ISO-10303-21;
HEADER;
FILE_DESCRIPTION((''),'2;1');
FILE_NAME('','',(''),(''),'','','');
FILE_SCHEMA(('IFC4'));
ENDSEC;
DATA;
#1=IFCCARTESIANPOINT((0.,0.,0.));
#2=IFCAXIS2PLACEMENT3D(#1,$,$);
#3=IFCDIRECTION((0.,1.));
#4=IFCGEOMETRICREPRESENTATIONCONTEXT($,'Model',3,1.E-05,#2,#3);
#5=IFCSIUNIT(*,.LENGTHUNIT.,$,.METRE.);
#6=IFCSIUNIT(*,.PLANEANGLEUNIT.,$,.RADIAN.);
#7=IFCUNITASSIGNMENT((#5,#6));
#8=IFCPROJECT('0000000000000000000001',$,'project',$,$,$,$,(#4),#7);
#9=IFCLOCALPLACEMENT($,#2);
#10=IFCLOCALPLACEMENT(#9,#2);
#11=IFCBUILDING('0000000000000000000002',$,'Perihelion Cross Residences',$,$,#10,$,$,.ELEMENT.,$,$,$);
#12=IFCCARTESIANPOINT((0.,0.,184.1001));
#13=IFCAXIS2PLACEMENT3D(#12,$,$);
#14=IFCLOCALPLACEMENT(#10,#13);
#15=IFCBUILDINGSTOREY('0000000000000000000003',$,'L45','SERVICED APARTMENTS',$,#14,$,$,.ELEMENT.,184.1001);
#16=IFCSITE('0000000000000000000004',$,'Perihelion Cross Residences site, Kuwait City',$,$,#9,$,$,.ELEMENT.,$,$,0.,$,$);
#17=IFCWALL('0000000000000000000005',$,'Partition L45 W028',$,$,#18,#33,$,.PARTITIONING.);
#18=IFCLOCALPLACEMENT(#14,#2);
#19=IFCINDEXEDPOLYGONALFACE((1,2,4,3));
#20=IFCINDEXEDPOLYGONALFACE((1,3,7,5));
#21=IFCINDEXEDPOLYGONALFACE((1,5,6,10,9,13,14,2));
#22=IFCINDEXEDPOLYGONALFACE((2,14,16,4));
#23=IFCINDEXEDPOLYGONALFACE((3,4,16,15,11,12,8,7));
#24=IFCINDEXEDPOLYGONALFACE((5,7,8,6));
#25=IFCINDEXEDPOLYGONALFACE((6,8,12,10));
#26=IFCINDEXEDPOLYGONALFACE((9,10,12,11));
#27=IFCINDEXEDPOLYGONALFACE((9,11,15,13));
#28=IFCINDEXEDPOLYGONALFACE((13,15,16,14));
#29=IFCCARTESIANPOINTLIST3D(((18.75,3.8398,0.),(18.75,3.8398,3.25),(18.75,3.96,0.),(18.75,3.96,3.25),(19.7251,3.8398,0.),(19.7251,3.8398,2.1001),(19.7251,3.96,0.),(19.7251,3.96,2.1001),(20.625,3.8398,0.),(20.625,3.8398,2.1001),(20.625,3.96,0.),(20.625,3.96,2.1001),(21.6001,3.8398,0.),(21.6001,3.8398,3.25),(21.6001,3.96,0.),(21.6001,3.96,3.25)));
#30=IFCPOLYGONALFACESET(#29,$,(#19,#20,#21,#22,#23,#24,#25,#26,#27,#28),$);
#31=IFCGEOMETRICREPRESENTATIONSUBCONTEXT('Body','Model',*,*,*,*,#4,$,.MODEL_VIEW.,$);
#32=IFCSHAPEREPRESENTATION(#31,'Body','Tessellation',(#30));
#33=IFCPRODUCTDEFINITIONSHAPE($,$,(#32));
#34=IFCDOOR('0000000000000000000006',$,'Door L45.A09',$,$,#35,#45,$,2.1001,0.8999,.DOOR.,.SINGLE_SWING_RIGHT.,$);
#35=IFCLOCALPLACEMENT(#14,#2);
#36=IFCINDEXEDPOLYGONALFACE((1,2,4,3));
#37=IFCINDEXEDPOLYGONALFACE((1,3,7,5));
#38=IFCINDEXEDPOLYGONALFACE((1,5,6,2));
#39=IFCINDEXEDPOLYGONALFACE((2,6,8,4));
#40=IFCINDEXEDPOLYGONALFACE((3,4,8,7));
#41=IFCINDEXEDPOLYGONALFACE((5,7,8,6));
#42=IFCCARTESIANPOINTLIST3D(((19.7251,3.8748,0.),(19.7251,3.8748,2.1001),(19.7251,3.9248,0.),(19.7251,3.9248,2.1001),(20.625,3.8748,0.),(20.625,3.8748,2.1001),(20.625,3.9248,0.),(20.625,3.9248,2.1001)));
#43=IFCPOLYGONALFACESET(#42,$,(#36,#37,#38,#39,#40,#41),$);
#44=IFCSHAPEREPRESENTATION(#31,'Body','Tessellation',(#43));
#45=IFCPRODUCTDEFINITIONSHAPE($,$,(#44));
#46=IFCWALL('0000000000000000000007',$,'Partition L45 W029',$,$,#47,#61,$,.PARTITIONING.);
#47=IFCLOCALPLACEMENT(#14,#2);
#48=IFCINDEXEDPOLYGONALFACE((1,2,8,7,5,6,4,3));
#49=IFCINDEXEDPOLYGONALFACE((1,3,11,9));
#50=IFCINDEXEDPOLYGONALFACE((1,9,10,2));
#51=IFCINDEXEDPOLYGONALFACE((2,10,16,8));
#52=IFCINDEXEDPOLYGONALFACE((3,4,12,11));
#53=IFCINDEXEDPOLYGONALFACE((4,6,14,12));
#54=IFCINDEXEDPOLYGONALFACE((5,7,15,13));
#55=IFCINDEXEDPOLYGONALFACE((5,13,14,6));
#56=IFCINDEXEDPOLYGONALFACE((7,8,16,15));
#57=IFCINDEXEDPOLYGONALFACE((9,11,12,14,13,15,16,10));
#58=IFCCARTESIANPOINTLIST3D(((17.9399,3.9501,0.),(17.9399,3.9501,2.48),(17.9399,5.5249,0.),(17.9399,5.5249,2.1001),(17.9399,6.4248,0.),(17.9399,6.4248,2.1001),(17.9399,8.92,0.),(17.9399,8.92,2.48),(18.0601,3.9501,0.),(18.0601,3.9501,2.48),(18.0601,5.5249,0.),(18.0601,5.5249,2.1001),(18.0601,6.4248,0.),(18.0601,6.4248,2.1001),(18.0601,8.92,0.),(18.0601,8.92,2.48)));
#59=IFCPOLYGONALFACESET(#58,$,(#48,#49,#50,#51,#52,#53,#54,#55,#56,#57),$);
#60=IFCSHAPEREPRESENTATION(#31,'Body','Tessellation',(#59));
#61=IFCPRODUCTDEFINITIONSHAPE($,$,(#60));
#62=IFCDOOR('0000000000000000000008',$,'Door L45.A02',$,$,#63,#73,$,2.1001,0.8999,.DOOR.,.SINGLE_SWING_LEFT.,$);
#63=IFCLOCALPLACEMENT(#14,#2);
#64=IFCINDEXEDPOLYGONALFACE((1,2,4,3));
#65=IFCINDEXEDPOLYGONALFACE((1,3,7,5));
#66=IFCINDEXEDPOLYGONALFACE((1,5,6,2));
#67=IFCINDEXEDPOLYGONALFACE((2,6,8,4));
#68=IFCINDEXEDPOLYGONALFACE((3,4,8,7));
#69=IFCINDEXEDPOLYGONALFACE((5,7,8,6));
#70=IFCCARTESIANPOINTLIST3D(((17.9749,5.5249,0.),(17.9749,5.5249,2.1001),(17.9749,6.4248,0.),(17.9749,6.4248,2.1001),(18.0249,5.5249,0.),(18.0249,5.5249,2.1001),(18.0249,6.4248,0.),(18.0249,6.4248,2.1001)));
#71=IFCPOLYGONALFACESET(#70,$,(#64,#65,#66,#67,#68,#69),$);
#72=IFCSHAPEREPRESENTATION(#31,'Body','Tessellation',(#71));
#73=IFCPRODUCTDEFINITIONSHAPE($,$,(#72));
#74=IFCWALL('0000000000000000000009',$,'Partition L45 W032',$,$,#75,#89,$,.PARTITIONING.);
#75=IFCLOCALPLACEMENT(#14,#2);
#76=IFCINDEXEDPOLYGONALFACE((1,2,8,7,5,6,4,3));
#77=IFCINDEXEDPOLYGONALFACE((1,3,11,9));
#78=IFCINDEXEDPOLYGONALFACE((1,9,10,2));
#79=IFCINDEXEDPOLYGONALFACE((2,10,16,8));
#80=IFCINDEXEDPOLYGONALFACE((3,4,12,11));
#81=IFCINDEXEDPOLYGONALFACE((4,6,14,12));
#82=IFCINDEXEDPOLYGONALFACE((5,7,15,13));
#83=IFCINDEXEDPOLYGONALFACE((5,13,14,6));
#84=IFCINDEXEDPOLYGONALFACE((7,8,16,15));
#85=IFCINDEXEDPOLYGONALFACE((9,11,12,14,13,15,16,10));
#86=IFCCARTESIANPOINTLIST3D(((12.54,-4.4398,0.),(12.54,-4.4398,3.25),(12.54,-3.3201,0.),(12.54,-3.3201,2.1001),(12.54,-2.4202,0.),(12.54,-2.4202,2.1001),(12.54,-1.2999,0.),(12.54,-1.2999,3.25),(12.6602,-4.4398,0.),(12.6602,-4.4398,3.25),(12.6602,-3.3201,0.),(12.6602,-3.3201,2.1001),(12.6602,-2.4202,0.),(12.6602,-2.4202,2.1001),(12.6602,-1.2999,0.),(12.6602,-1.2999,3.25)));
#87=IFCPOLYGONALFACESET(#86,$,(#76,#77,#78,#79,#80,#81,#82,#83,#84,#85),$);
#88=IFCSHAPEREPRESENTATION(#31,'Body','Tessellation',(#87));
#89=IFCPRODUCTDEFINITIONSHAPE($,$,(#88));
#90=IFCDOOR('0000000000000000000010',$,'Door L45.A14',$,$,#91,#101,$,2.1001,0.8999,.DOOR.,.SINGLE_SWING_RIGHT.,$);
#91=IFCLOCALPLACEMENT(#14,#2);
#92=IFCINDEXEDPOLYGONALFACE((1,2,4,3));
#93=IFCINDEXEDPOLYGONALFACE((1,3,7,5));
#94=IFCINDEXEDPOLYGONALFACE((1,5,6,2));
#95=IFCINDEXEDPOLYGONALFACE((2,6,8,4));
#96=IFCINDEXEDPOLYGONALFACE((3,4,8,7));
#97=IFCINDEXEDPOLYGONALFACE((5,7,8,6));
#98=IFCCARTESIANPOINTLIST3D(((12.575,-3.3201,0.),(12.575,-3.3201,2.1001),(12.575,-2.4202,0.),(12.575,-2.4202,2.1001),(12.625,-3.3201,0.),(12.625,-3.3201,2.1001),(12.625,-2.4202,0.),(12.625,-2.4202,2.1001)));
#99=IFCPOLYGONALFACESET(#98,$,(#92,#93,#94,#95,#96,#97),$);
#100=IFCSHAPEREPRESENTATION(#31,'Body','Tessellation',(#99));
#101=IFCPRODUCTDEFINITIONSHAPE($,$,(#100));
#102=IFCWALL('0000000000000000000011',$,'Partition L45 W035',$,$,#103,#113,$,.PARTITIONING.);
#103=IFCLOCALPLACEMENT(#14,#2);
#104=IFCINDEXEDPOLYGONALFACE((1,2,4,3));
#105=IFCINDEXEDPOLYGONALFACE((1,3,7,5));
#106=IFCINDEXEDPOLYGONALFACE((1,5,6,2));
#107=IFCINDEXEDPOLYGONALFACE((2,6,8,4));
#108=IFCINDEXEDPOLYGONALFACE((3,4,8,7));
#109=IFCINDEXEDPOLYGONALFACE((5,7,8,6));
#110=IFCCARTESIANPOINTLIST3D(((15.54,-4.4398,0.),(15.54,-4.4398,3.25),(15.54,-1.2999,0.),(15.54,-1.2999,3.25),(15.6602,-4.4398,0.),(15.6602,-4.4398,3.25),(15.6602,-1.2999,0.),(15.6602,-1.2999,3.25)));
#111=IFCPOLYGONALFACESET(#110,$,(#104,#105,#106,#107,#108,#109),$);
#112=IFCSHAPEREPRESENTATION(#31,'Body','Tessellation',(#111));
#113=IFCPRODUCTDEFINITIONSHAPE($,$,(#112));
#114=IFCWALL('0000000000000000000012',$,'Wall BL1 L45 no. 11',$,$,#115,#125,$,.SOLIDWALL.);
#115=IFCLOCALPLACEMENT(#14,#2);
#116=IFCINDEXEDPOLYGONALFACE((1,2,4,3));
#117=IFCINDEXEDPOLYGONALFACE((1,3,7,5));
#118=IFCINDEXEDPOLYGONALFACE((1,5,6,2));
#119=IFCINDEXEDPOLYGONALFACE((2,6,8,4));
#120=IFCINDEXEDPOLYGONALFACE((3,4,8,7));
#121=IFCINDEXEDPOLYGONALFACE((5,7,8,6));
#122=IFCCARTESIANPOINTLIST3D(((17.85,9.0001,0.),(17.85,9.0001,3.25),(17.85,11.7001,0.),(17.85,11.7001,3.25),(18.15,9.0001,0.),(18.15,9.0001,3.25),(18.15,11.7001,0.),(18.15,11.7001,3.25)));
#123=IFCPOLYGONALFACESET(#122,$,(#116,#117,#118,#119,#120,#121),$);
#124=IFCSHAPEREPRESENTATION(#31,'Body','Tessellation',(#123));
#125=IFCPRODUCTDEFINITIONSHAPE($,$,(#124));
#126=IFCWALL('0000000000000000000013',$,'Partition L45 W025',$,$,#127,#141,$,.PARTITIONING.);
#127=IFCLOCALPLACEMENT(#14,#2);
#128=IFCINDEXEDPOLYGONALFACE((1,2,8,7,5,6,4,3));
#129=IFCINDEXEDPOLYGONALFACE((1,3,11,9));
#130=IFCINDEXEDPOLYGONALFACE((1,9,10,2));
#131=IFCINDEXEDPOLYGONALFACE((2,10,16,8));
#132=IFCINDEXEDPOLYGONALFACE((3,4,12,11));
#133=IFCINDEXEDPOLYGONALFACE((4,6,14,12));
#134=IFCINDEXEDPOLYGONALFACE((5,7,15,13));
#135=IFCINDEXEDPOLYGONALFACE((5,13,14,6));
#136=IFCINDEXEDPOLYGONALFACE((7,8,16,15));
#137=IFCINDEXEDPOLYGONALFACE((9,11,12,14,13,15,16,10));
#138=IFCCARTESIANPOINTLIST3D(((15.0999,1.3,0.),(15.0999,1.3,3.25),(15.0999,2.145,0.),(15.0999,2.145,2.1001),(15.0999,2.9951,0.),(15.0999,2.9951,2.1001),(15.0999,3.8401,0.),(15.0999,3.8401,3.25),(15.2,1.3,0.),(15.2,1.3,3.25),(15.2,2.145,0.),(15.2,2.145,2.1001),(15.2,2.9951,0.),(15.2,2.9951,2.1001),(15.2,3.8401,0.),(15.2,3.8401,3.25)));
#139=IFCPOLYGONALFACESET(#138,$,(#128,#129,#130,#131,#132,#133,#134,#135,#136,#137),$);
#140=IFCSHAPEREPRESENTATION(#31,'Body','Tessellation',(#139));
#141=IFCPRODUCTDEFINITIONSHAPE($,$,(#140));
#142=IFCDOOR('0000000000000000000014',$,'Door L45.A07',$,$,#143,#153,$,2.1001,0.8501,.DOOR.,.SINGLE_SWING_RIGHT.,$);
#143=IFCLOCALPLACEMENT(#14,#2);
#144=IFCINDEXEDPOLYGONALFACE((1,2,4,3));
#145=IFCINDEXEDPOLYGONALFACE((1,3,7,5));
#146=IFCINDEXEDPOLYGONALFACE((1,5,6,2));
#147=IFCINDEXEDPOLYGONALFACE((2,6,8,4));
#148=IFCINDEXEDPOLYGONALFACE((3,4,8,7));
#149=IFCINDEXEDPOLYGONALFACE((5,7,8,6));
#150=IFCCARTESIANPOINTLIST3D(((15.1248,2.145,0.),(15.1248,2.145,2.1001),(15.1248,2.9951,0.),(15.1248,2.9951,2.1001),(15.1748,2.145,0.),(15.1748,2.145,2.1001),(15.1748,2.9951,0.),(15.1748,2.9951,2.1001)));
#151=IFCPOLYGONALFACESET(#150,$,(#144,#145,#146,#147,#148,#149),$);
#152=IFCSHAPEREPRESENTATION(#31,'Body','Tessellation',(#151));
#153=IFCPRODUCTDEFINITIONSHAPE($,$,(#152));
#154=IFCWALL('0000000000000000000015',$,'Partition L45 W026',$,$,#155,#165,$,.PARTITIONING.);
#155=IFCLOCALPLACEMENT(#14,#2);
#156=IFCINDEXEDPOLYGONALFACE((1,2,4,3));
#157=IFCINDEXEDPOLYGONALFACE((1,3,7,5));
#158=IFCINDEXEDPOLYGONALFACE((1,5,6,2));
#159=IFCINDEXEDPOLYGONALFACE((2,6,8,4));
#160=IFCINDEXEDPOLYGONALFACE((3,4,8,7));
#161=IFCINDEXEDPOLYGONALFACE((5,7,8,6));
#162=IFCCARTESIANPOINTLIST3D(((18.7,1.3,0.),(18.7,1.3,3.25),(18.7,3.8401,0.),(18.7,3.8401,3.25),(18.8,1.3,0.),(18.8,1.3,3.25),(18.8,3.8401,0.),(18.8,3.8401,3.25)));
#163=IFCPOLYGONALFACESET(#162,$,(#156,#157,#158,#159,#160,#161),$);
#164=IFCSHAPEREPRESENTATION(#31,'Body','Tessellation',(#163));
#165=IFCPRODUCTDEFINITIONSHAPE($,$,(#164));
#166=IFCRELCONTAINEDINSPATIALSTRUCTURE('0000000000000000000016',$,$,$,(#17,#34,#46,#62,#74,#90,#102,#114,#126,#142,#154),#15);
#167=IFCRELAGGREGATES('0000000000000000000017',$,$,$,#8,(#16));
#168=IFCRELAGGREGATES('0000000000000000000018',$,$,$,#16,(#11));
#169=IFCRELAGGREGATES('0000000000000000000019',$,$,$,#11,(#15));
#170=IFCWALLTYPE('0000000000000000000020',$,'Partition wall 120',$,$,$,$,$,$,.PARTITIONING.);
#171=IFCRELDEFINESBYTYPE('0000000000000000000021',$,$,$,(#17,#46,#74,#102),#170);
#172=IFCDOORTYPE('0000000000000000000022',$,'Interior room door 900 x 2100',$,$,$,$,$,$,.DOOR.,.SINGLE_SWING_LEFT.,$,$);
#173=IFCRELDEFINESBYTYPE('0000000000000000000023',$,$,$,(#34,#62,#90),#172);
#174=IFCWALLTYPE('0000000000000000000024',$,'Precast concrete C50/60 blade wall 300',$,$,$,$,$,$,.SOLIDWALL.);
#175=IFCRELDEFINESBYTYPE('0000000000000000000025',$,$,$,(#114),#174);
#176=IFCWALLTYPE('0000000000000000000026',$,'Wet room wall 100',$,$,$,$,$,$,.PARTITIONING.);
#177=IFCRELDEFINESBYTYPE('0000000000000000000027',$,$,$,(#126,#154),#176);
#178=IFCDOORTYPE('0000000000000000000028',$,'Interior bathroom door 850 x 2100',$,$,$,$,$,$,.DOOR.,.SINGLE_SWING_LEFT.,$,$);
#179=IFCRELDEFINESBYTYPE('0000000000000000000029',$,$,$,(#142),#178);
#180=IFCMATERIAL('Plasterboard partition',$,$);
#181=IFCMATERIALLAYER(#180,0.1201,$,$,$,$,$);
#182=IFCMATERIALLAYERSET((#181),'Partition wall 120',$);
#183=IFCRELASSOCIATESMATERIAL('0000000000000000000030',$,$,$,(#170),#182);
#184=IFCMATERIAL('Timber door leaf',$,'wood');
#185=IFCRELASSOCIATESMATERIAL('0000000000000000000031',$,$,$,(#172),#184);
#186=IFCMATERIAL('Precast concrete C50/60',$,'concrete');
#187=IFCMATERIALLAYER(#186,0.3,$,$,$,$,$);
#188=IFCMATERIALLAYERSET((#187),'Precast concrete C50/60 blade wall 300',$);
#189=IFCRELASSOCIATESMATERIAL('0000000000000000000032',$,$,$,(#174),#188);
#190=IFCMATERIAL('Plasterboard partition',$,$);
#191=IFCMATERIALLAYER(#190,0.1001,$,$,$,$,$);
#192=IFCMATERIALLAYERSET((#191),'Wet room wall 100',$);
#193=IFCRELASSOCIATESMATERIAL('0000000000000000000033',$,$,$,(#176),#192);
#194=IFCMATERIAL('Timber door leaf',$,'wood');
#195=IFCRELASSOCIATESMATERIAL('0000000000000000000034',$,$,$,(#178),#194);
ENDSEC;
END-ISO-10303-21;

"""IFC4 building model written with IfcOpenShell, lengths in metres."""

from ifc_helpers import new_model, si_unit, direction, frame, frame_2d, origin, place, context, subcontext, project, spatial, rectangle, extrude, material, layer, layer_set, type_object, element, fill, save


model = new_model("IFC4")

# Units and contexts
model_context = context("Model", 3, precision=1e-05, world=origin(), true_north=direction((0.0, 1.0)))
body_context = subcontext(model_context, "Body", "Model", "MODEL_VIEW")
ifc_project = project(units=[si_unit("LENGTHUNIT", "METRE"), si_unit("PLANEANGLEUNIT", "RADIAN")], contexts=[model_context])

# Site, building, storey
site_placement = place(None, origin())
site = spatial("IfcSite", under=ifc_project, at=site_placement, Name="Perihelion Cross Residences site, Kuwait City", CompositionType="ELEMENT", RefElevation=0.0)
building_placement = place(site_placement, origin())
building = spatial("IfcBuilding", under=site, at=building_placement, Name="Perihelion Cross Residences", CompositionType="ELEMENT")
storey_placement = place(building_placement, frame((0.0, 0.0, 184.1001)))
storey = spatial("IfcBuildingStorey", under=building, at=storey_placement, Name="L45", Description="SERVICED APARTMENTS", CompositionType="ELEMENT", Elevation=184.1001)

# Walls, openings, doors
ifc_material_1 = material(Name="Plasterboard partition")
ifc_layer_1 = layer(ifc_material_1, 0.1201)
ifc_layer_set_1 = layer_set([ifc_layer_1], Name="Partition wall 120")
wall_type_1 = type_object("IfcWallType", Name="Partition wall 120", PredefinedType="PARTITIONING", material=ifc_layer_set_1)
ifc_material_2 = material(Name="Timber door leaf", Category="wood")
door_type_1 = type_object("IfcDoorType", Name="Interior room door 900 x 2100", OperationType="SINGLE_SWING_LEFT", PredefinedType="DOOR", material=ifc_material_2)
wall_1_placement = place(storey_placement, frame((18.75, 3.8999, 0.0), z_axis=(0.0, 0.0, 1.0), x_axis=(1.0, 0.0, 0.0)))
wall_1 = element("IfcWall", 1, at=wall_1_placement, inside=storey, type_object=wall_type_1, Name="Partition L45 W028", PredefinedType="PARTITIONING", context=body_context, shape_type="SweptSolid", body=[
    extrude(rectangle(XDim=2.8501, YDim=0.1201, at=frame_2d((1.425, 0.0))), origin(), (0.0, 0.0, 1.0), 3.25),
])
opening_1_placement = place(wall_1_placement, frame((0.9751, 0.0, 0.0)))
opening_1 = element("IfcOpeningElement", 2, at=opening_1_placement, cuts=wall_1, PredefinedType="OPENING", context=body_context, shape_type="SweptSolid", body=[
    extrude(rectangle(XDim=0.8999, YDim=2.1001, at=frame_2d((0.45, 1.05))), frame((0.0, 0.0701, 0.0), z_axis=(0.0, -1.0, 0.0), x_axis=(1.0, 0.0, 0.0)), (0.0, 0.0, 1.0), 0.1401),
])
door_1_placement = place(opening_1_placement, origin())
door_1 = element("IfcDoor", 3, at=door_1_placement, inside=storey, type_object=door_type_1, Name="Door L45.A09", OperationType="SINGLE_SWING_RIGHT", OverallHeight=2.1001, OverallWidth=0.8999, PredefinedType="DOOR", context=body_context, shape_type="SweptSolid", body=[
    extrude(rectangle(XDim=0.8999, YDim=2.1001, at=frame_2d((0.45, 1.05))), frame((0.0, 0.0249, 0.0), z_axis=(0.0, -1.0, 0.0), x_axis=(1.0, 0.0, 0.0)), (0.0, 0.0, 1.0), 0.05),
])
fill(opening_1, door_1)
wall_2_placement = place(storey_placement, frame((18.0, 8.9199, 0.0), z_axis=(0.0, 0.0, 1.0), x_axis=(0.0, -1.0, 0.0)))
wall_2 = element("IfcWall", 4, at=wall_2_placement, inside=storey, type_object=wall_type_1, Name="Partition L45 W029", PredefinedType="PARTITIONING", context=body_context, shape_type="SweptSolid", body=[
    extrude(rectangle(XDim=4.97, YDim=0.1201, at=frame_2d((2.4849, 0.0))), origin(), (0.0, 0.0, 1.0), 2.48),
])
opening_2_placement = place(wall_2_placement, frame((2.4951, 0.0, 0.0)))
opening_2 = element("IfcOpeningElement", 5, at=opening_2_placement, cuts=wall_2, PredefinedType="OPENING", context=body_context, shape_type="SweptSolid", body=[
    extrude(rectangle(XDim=0.8999, YDim=2.1001, at=frame_2d((0.45, 1.05))), frame((0.0, 0.0701, 0.0), z_axis=(0.0, -1.0, 0.0), x_axis=(1.0, 0.0, 0.0)), (0.0, 0.0, 1.0), 0.1401),
])
door_2_placement = place(opening_2_placement, origin())
door_2 = element("IfcDoor", 6, at=door_2_placement, inside=storey, type_object=door_type_1, Name="Door L45.A02", OperationType="SINGLE_SWING_LEFT", OverallHeight=2.1001, OverallWidth=0.8999, PredefinedType="DOOR", context=body_context, shape_type="SweptSolid", body=[
    extrude(rectangle(XDim=0.8999, YDim=2.1001, at=frame_2d((0.45, 1.05))), frame((0.0, 0.0249, 0.0), z_axis=(0.0, -1.0, 0.0), x_axis=(1.0, 0.0, 0.0)), (0.0, 0.0, 1.0), 0.05),
])
fill(opening_2, door_2)
wall_3_placement = place(storey_placement, frame((12.6001, -1.3, 0.0), z_axis=(0.0, 0.0, 1.0), x_axis=(0.0, -1.0, 0.0)))
wall_3 = element("IfcWall", 7, at=wall_3_placement, inside=storey, type_object=wall_type_1, Name="Partition L45 W032", PredefinedType="PARTITIONING", context=body_context, shape_type="SweptSolid", body=[
    extrude(rectangle(XDim=3.1399, YDim=0.1201, at=frame_2d((1.5698, 0.0))), origin(), (0.0, 0.0, 1.0), 3.25),
])
opening_3_placement = place(wall_3_placement, frame((1.1201, 0.0, 0.0)))
opening_3 = element("IfcOpeningElement", 8, at=opening_3_placement, cuts=wall_3, PredefinedType="OPENING", context=body_context, shape_type="SweptSolid", body=[
    extrude(rectangle(XDim=0.8999, YDim=2.1001, at=frame_2d((0.45, 1.05))), frame((0.0, 0.0701, 0.0), z_axis=(0.0, -1.0, 0.0), x_axis=(1.0, 0.0, 0.0)), (0.0, 0.0, 1.0), 0.1401),
])
door_3_placement = place(opening_3_placement, origin())
door_3 = element("IfcDoor", 9, at=door_3_placement, inside=storey, type_object=door_type_1, Name="Door L45.A14", OperationType="SINGLE_SWING_RIGHT", OverallHeight=2.1001, OverallWidth=0.8999, PredefinedType="DOOR", context=body_context, shape_type="SweptSolid", body=[
    extrude(rectangle(XDim=0.8999, YDim=2.1001, at=frame_2d((0.45, 1.05))), frame((0.0, 0.0249, 0.0), z_axis=(0.0, -1.0, 0.0), x_axis=(1.0, 0.0, 0.0)), (0.0, 0.0, 1.0), 0.05),
])
fill(opening_3, door_3)

# Walls
wall_4_placement = place(storey_placement, frame((15.6001, -1.3, 0.0), z_axis=(0.0, 0.0, 1.0), x_axis=(0.0, -1.0, 0.0)))
element("IfcWall", 10, at=wall_4_placement, inside=storey, type_object=wall_type_1, Name="Partition L45 W035", PredefinedType="PARTITIONING", context=body_context, shape_type="SweptSolid", body=[
    extrude(rectangle(XDim=3.1399, YDim=0.1201, at=frame_2d((1.5698, 0.0))), origin(), (0.0, 0.0, 1.0), 3.25),
])
ifc_material_3 = material(Name="Precast concrete C50/60", Category="concrete")
ifc_layer_2 = layer(ifc_material_3, 0.3)
ifc_layer_set_2 = layer_set([ifc_layer_2], Name="Precast concrete C50/60 blade wall 300")
wall_type_2 = type_object("IfcWallType", Name="Precast concrete C50/60 blade wall 300", PredefinedType="SOLIDWALL", material=ifc_layer_set_2)
wall_5_placement = place(storey_placement, frame((18.0, 9.0, 0.0), z_axis=(0.0, 0.0, 1.0), x_axis=(0.0, 1.0, 0.0)))
element("IfcWall", 11, at=wall_5_placement, inside=storey, type_object=wall_type_2, Name="Wall BL1 L45 no. 11", PredefinedType="SOLIDWALL", context=body_context, shape_type="SweptSolid", body=[
    extrude(rectangle(XDim=2.7, YDim=0.3, at=frame_2d((1.3501, 0.0))), origin(), (0.0, 0.0, 1.0), 3.25),
])

# Wall, opening, door
ifc_material_4 = material(Name="Plasterboard partition")
ifc_layer_3 = layer(ifc_material_4, 0.1001)
ifc_layer_set_3 = layer_set([ifc_layer_3], Name="Wet room wall 100")
wall_type_3 = type_object("IfcWallType", Name="Wet room wall 100", PredefinedType="PARTITIONING", material=ifc_layer_set_3)
wall_6_placement = place(storey_placement, frame((15.1499, 3.8401, 0.0), z_axis=(0.0, 0.0, 1.0), x_axis=(0.0, -1.0, 0.0)))
wall_6 = element("IfcWall", 12, at=wall_6_placement, inside=storey, type_object=wall_type_3, Name="Partition L45 W025", PredefinedType="PARTITIONING", context=body_context, shape_type="SweptSolid", body=[
    extrude(rectangle(XDim=2.54, YDim=0.1001, at=frame_2d((1.27, 0.0))), origin(), (0.0, 0.0, 1.0), 3.25),
])
opening_4_placement = place(wall_6_placement, frame((0.845, 0.0, 0.0)))
opening_4 = element("IfcOpeningElement", 13, at=opening_4_placement, cuts=wall_6, PredefinedType="OPENING", context=body_context, shape_type="SweptSolid", body=[
    extrude(rectangle(XDim=0.8501, YDim=2.1001, at=frame_2d((0.425, 1.05))), frame((0.0, 0.0601, 0.0), z_axis=(0.0, -1.0, 0.0), x_axis=(1.0, 0.0, 0.0)), (0.0, 0.0, 1.0), 0.1201),
])
ifc_material_5 = material(Name="Timber door leaf", Category="wood")
door_type_2 = type_object("IfcDoorType", Name="Interior bathroom door 850 x 2100", OperationType="SINGLE_SWING_LEFT", PredefinedType="DOOR", material=ifc_material_5)
door_4_placement = place(opening_4_placement, origin())
door_4 = element("IfcDoor", 14, at=door_4_placement, inside=storey, type_object=door_type_2, Name="Door L45.A07", OperationType="SINGLE_SWING_RIGHT", OverallHeight=2.1001, OverallWidth=0.8501, PredefinedType="DOOR", context=body_context, shape_type="SweptSolid", body=[
    extrude(rectangle(XDim=0.8501, YDim=2.1001, at=frame_2d((0.425, 1.05))), frame((0.0, 0.0249, 0.0), z_axis=(0.0, -1.0, 0.0), x_axis=(1.0, 0.0, 0.0)), (0.0, 0.0, 1.0), 0.05),
])
fill(opening_4, door_4)

# Wall
wall_7_placement = place(storey_placement, frame((18.75, 3.8401, 0.0), z_axis=(0.0, 0.0, 1.0), x_axis=(0.0, -1.0, 0.0)))
element("IfcWall", 15, at=wall_7_placement, inside=storey, type_object=wall_type_3, Name="Partition L45 W026", PredefinedType="PARTITIONING", context=body_context, shape_type="SweptSolid", body=[
    extrude(rectangle(XDim=2.54, YDim=0.1001, at=frame_2d((1.27, 0.0))), origin(), (0.0, 0.0, 1.0), 3.25),
])

save(model, "model.ifc")
